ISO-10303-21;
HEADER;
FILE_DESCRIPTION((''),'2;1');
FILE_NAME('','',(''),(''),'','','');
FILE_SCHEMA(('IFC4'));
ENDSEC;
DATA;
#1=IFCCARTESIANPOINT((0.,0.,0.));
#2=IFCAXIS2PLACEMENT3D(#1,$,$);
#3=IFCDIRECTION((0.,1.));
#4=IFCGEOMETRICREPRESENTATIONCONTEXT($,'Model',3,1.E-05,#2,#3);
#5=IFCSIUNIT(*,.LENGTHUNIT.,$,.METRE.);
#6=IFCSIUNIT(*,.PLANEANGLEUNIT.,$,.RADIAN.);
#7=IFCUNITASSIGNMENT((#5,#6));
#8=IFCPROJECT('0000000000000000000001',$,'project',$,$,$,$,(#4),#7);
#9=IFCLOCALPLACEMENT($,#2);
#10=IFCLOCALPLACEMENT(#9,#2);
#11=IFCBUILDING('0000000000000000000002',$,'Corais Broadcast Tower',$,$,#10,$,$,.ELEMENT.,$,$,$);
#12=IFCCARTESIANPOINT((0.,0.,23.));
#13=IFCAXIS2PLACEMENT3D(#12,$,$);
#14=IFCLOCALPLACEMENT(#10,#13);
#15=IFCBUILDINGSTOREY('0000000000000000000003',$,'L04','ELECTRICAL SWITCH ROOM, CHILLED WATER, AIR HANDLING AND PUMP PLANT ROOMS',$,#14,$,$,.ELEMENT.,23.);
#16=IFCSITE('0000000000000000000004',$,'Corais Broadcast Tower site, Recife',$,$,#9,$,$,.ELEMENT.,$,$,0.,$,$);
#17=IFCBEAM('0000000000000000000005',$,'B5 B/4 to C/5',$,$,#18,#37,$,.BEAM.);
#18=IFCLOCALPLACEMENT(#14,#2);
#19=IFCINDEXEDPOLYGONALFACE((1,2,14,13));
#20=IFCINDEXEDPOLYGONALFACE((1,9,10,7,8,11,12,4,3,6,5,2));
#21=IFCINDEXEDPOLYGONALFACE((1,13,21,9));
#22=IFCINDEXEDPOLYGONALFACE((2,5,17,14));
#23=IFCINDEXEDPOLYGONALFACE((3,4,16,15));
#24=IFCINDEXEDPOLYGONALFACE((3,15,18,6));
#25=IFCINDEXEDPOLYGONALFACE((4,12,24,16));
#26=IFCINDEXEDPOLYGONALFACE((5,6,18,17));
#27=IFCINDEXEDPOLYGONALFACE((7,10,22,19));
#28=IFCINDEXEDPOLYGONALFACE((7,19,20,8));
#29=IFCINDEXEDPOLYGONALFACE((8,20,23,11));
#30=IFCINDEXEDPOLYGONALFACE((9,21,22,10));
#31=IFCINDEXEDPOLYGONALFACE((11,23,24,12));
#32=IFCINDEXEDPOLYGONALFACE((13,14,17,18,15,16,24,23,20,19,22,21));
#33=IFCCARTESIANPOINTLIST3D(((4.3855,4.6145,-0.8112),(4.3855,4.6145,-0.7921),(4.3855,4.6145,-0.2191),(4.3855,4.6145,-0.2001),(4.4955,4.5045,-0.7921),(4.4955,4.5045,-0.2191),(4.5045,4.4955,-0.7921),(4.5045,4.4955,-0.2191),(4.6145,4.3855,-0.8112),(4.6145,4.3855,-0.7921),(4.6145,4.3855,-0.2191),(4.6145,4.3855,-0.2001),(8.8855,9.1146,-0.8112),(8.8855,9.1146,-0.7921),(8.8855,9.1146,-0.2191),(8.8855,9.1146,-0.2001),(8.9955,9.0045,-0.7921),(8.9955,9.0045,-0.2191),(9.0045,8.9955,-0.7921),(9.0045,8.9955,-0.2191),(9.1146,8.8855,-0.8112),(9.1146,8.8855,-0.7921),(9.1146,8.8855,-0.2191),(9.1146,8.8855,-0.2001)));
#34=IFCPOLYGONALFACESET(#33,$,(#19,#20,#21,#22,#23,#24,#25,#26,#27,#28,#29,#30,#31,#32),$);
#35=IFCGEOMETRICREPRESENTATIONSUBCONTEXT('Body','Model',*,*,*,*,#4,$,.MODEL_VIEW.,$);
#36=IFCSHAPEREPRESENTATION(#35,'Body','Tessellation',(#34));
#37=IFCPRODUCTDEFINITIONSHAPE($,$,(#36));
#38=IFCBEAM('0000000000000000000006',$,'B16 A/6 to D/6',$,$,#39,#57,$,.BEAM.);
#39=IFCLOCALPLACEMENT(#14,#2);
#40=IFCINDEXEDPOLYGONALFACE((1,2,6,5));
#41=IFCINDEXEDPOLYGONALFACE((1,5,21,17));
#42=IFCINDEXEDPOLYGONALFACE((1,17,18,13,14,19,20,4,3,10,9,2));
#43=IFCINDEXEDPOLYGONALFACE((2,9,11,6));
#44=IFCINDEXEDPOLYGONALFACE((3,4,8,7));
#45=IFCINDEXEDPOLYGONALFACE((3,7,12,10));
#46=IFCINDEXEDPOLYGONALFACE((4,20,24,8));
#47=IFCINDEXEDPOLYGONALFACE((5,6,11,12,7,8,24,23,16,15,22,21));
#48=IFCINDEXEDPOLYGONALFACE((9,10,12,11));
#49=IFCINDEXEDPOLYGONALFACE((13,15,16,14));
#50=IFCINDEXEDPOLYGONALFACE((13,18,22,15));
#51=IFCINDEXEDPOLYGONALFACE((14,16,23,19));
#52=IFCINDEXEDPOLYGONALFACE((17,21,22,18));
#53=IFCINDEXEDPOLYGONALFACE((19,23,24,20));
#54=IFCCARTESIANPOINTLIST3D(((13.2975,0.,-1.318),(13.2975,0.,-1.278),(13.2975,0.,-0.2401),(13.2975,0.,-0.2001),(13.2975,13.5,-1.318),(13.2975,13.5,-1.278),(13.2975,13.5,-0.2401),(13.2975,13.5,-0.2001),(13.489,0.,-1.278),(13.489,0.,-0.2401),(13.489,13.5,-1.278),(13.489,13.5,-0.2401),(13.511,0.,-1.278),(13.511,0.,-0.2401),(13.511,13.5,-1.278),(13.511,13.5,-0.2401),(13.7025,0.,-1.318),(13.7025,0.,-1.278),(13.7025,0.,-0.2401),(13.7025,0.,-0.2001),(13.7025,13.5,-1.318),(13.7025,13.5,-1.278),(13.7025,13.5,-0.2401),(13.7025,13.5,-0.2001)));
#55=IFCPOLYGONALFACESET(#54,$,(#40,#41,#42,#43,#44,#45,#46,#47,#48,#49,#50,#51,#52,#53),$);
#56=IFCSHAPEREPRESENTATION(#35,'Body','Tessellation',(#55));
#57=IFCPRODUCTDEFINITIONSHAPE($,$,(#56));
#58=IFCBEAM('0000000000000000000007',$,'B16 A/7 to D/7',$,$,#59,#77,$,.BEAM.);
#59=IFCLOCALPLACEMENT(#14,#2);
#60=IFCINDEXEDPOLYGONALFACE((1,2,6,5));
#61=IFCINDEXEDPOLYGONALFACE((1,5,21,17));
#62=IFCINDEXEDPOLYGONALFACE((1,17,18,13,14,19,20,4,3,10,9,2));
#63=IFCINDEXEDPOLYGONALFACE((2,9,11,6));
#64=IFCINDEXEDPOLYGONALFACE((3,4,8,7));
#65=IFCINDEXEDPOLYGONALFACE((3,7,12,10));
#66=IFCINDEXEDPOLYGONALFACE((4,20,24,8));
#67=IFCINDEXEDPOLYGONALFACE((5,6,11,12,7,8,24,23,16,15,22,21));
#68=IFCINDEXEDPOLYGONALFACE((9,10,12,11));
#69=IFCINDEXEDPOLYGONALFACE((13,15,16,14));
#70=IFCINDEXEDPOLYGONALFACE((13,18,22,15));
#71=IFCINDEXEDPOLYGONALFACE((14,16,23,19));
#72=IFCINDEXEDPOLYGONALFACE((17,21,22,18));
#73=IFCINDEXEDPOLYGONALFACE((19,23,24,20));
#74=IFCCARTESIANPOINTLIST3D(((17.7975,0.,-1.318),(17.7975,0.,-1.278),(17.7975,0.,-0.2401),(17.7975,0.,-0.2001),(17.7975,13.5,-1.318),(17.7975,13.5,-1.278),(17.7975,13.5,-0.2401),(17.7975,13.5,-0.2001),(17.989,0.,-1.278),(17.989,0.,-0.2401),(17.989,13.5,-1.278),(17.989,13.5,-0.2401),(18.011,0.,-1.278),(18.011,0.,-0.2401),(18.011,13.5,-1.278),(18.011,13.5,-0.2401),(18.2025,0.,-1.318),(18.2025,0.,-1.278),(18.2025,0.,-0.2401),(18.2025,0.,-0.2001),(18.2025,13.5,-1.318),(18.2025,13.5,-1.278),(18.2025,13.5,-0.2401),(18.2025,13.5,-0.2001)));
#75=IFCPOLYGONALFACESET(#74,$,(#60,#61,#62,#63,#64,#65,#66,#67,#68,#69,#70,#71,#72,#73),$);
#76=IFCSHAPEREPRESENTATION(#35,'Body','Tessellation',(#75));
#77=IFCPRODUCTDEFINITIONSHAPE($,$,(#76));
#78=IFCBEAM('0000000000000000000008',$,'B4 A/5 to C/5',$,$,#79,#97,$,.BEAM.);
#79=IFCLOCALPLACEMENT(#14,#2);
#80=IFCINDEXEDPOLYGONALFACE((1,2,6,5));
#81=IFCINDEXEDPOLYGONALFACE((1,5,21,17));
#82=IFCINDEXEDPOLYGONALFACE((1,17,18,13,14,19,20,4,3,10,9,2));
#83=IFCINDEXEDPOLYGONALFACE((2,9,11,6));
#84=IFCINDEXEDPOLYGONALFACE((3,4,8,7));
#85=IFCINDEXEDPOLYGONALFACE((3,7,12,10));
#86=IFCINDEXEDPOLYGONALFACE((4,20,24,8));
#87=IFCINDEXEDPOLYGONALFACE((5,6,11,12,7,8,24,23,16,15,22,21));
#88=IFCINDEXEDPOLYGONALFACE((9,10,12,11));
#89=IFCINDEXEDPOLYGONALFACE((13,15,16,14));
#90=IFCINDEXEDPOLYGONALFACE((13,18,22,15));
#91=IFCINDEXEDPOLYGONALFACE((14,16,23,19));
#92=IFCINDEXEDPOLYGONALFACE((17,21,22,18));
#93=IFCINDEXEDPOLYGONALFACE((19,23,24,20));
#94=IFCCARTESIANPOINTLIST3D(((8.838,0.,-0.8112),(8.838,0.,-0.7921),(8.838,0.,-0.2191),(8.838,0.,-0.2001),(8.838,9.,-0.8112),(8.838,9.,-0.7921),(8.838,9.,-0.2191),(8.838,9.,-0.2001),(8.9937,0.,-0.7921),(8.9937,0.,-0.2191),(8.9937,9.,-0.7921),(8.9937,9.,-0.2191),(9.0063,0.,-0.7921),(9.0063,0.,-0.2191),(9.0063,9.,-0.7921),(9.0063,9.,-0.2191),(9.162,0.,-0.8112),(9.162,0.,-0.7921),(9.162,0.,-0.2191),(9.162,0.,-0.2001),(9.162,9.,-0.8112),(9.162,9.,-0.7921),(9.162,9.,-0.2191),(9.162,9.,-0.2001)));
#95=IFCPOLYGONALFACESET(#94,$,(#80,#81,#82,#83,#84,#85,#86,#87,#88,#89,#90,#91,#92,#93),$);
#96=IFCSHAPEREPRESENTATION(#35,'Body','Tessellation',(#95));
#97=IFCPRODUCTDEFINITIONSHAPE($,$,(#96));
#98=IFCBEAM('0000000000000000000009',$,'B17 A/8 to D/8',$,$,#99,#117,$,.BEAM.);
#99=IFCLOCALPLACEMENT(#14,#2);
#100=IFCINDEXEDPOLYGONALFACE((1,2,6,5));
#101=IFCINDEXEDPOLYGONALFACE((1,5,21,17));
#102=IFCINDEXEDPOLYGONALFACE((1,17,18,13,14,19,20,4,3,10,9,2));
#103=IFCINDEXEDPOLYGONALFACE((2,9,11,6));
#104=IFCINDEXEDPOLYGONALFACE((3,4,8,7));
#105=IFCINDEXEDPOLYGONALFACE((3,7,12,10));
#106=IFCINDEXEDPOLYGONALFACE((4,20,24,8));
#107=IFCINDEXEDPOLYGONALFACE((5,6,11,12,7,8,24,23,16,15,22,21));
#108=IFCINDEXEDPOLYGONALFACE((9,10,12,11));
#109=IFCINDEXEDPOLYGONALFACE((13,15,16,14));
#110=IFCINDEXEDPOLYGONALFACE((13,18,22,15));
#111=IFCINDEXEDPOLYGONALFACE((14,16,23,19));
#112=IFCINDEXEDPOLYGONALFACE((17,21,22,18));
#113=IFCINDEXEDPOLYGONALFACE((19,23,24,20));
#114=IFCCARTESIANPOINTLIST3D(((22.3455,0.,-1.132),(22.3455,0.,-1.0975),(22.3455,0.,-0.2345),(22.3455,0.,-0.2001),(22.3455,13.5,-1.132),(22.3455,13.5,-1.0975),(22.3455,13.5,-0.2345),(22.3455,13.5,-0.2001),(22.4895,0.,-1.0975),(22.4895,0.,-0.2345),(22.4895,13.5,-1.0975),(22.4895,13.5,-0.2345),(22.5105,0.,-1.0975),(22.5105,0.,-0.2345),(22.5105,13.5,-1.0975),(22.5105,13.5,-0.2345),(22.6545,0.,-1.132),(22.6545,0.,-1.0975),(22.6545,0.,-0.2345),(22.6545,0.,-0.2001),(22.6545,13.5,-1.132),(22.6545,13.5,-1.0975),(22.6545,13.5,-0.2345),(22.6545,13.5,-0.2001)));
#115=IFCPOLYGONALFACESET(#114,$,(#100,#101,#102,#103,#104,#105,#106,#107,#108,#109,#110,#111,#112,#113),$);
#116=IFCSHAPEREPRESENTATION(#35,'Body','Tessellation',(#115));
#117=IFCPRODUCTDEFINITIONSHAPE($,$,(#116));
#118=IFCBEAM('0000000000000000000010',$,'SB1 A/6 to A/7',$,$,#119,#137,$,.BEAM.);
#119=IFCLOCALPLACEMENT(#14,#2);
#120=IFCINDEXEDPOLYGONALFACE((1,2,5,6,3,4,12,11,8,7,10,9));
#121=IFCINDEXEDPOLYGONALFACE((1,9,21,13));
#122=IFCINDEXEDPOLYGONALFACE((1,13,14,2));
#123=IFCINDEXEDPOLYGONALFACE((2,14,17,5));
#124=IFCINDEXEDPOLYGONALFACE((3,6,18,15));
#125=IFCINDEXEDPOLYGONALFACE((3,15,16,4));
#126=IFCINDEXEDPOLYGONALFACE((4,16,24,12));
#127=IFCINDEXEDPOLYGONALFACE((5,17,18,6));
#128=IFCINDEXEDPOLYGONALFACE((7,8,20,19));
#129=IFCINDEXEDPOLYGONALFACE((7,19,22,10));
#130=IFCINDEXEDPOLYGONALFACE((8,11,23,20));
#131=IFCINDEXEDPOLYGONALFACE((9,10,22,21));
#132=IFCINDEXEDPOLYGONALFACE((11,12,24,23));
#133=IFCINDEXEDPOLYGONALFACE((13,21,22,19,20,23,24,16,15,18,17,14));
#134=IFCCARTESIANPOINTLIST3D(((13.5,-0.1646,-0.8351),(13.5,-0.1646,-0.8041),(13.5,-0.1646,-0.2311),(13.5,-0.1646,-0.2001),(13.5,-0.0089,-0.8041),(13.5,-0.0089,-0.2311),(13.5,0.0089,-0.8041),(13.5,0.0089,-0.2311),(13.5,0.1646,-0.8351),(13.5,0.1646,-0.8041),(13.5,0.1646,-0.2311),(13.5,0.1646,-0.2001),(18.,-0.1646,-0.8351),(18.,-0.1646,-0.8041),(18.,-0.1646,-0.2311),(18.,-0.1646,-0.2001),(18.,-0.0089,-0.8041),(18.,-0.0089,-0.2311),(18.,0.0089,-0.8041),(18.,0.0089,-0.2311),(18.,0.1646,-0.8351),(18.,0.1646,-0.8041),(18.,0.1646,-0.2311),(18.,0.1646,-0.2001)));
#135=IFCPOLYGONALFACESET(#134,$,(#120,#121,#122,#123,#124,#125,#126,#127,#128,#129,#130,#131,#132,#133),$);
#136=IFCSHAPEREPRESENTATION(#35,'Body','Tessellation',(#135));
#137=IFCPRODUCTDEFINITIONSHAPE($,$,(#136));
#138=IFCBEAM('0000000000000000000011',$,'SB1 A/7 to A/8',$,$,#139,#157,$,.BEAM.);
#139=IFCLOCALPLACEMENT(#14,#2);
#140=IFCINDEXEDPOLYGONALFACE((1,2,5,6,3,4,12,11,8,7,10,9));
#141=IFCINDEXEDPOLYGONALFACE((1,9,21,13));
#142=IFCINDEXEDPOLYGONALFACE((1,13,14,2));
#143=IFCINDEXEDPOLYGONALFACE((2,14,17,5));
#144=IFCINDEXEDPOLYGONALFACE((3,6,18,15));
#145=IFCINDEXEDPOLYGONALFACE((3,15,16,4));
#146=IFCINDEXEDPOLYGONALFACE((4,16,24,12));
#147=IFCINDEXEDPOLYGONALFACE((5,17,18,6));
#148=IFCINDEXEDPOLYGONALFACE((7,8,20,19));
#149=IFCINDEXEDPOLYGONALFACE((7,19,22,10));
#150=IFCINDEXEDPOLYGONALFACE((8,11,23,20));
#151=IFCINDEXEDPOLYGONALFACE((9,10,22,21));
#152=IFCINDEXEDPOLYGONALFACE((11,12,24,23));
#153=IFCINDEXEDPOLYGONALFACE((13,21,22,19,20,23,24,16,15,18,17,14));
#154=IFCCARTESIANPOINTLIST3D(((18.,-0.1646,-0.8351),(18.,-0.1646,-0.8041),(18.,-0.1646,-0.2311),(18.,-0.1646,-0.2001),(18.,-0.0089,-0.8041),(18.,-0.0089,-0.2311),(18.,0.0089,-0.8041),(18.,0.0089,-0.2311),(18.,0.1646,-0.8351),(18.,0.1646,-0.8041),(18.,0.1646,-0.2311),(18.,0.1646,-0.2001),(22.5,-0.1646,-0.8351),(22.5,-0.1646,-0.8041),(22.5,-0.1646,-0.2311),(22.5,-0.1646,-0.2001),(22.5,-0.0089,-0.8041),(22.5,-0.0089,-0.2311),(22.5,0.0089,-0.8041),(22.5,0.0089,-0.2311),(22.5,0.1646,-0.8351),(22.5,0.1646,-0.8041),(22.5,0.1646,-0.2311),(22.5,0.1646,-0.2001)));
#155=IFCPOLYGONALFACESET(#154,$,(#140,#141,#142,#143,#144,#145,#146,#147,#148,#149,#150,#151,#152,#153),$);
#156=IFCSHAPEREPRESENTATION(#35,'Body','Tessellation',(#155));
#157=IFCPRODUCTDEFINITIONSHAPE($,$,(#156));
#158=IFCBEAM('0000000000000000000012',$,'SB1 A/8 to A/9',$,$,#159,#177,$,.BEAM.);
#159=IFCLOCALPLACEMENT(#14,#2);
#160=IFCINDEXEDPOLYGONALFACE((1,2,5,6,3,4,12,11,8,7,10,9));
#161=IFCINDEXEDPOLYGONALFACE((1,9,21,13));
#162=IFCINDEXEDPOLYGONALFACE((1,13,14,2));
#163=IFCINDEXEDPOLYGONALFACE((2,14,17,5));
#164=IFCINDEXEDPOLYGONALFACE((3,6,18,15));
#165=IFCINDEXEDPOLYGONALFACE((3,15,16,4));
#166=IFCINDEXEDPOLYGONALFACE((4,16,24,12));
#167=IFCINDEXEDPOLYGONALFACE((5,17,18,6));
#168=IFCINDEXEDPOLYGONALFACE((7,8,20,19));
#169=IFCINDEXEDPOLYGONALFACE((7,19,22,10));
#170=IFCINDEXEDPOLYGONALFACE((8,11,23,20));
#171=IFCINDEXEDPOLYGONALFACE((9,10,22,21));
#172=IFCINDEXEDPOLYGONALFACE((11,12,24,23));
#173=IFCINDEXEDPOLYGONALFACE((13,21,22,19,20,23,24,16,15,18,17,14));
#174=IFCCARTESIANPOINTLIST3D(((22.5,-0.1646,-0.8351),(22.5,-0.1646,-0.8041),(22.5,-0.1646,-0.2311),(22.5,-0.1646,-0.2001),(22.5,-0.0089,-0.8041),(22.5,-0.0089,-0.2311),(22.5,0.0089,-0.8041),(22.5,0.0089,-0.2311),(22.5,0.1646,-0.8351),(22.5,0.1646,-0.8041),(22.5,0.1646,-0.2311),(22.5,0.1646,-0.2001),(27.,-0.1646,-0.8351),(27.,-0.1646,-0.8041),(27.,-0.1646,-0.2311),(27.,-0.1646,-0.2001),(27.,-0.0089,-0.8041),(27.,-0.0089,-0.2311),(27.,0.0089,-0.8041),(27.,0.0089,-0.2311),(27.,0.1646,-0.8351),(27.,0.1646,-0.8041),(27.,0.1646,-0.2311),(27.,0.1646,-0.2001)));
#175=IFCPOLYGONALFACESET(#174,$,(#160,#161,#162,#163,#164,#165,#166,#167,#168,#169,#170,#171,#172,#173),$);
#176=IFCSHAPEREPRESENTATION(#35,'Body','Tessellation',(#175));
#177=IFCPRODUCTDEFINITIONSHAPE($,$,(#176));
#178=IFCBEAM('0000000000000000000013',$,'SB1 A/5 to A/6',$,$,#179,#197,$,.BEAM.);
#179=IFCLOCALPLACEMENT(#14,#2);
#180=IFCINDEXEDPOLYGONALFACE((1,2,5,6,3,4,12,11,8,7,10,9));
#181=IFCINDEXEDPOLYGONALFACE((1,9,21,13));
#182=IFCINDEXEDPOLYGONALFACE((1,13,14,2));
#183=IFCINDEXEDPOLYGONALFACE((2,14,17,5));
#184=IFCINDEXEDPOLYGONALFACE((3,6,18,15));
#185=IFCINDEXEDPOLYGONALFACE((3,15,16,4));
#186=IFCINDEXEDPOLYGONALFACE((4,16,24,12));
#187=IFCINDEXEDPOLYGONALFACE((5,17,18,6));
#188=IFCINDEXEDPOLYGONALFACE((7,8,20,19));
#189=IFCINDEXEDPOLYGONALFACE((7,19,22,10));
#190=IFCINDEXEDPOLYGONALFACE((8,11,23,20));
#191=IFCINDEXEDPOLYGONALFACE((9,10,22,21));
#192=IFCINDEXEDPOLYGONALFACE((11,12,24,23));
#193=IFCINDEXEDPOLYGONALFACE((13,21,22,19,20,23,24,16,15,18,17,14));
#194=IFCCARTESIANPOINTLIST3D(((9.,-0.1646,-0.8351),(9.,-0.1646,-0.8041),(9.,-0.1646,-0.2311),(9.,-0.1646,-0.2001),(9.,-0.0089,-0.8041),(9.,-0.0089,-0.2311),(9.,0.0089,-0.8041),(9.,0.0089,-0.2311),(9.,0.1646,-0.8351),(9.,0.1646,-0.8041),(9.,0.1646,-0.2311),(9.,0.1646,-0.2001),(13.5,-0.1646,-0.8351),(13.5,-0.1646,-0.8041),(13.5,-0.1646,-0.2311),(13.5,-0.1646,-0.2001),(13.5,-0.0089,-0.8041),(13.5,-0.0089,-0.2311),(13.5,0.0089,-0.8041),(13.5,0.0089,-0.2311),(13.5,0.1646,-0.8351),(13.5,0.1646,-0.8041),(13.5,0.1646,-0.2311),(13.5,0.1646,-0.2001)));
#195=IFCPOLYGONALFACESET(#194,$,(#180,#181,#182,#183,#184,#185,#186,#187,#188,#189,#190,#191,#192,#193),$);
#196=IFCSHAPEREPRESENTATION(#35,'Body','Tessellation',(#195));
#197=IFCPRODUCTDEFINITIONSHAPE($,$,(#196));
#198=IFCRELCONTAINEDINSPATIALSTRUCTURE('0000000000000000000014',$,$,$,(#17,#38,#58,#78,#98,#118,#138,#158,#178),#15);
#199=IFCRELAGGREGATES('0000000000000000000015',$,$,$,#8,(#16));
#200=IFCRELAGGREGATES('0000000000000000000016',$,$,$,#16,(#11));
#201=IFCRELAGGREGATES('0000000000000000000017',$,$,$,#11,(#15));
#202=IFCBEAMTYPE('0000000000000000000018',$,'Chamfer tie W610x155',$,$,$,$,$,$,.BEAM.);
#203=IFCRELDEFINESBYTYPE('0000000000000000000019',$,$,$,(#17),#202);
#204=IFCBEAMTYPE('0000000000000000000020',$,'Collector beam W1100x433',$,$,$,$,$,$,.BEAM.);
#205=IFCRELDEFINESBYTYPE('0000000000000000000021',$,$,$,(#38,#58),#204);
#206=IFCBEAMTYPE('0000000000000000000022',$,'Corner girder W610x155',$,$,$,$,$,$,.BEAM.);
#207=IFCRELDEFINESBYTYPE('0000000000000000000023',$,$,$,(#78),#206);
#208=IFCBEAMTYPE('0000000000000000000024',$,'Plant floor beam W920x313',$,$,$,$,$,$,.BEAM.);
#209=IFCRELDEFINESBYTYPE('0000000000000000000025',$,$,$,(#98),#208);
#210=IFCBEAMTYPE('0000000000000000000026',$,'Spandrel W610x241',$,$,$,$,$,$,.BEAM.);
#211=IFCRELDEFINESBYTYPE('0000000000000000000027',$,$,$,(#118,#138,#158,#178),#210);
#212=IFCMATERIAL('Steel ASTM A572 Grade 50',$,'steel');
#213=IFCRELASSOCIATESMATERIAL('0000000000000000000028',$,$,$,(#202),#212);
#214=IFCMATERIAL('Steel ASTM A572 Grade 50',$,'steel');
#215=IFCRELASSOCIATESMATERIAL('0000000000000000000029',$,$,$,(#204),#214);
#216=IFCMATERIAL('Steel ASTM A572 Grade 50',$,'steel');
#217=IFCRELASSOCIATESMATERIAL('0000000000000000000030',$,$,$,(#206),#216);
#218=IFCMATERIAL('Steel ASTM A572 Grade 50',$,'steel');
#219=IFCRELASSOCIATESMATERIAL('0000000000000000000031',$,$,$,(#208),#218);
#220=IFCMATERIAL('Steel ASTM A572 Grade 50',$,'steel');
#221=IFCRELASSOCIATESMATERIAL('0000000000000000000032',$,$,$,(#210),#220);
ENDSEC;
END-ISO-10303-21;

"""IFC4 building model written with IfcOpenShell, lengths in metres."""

from ifc_helpers import new_model, si_unit, direction, frame, origin, origin_2d, place, context, subcontext, project, spatial, i_section, extrude, material, material_profile, profile_set, type_object, element, save


model = new_model("IFC4")

# Units and contexts
model_context = context("Model", 3, precision=1e-05, world=origin(), true_north=direction((0.0, 1.0)))
body_context = subcontext(model_context, "Body", "Model", "MODEL_VIEW")
ifc_project = project(units=[si_unit("LENGTHUNIT", "METRE"), si_unit("PLANEANGLEUNIT", "RADIAN")], contexts=[model_context])

# Site, building, storey
site_placement = place(None, origin())
site = spatial("IfcSite", under=ifc_project, at=site_placement, Name="Corais Broadcast Tower site, Recife", CompositionType="ELEMENT", RefElevation=0.0)
building_placement = place(site_placement, origin())
building = spatial("IfcBuilding", under=site, at=building_placement, Name="Corais Broadcast Tower", CompositionType="ELEMENT")
storey_placement = place(building_placement, frame((0.0, 0.0, 23.0)))
storey = spatial("IfcBuildingStorey", under=building, at=storey_placement, Name="L04", Description="ELECTRICAL SWITCH ROOM, CHILLED WATER, AIR HANDLING AND PUMP PLANT ROOMS", CompositionType="ELEMENT", Elevation=23.0)

# Beams
ifc_material_1 = material(Name="Steel ASTM A572 Grade 50", Category="steel")
ifc_material_profile_1 = material_profile(ifc_material_1, i_section(OverallWidth=0.324, OverallDepth=0.6111, WebThickness=0.0127, FlangeThickness=0.019, at=origin_2d()), Name="W610x155")
ifc_profile_set_1 = profile_set([ifc_material_profile_1], Name="Steel ASTM A572 Grade 50")
beam_type_1 = type_object("IfcBeamType", Name="Chamfer tie W610x155", PredefinedType="BEAM", material=ifc_profile_set_1)
beam_1_placement = place(storey_placement, frame((4.5, 4.5, -0.5056), z_axis=(0.707107, 0.707107, 0.0), x_axis=(-0.707107, 0.707107, 0.0)))
element("IfcBeam", 1, at=beam_1_placement, inside=storey, type_object=beam_type_1, Name="B5 B/4 to C/5", PredefinedType="BEAM", context=body_context, shape_type="SweptSolid", body=[
    extrude(i_section(OverallWidth=0.324, OverallDepth=0.6111, WebThickness=0.0127, FlangeThickness=0.019, at=origin_2d()), origin(), (0.0, 0.0, 1.0), 6.364),
])
ifc_material_2 = material(Name="Steel ASTM A572 Grade 50", Category="steel")
ifc_material_profile_2 = material_profile(ifc_material_2, i_section(OverallWidth=0.405, OverallDepth=1.1179, WebThickness=0.022, FlangeThickness=0.04, at=origin_2d()), Name="W1100x433")
ifc_profile_set_2 = profile_set([ifc_material_profile_2], Name="Steel ASTM A572 Grade 50")
beam_type_2 = type_object("IfcBeamType", Name="Collector beam W1100x433", PredefinedType="BEAM", material=ifc_profile_set_2)
for number, where, z_axis, x_axis, name in (
    (2, (13.5, 0.0, -0.759), (0.0, 1.0, 0.0), (-1.0, 0.0, 0.0), "B16 A/6 to D/6"),
    (3, (18.0, 0.0, -0.759), (0.0, 1.0, 0.0), (-1.0, 0.0, 0.0), "B16 A/7 to D/7"),
):
    element("IfcBeam", number, at=place(storey_placement, frame(where, z_axis=z_axis, x_axis=x_axis)), inside=storey, type_object=beam_type_2, Name=name, PredefinedType="BEAM", context=body_context, shape_type="SweptSolid", body=[
        extrude(i_section(OverallWidth=0.405, OverallDepth=1.1179, WebThickness=0.022, FlangeThickness=0.04, at=origin_2d()), origin(), (0.0, 0.0, 1.0), 13.5),
    ])
ifc_material_3 = material(Name="Steel ASTM A572 Grade 50", Category="steel")
ifc_material_profile_3 = material_profile(ifc_material_3, i_section(OverallWidth=0.324, OverallDepth=0.6111, WebThickness=0.0127, FlangeThickness=0.019, at=origin_2d()), Name="W610x155")
ifc_profile_set_3 = profile_set([ifc_material_profile_3], Name="Steel ASTM A572 Grade 50")
beam_type_3 = type_object("IfcBeamType", Name="Corner girder W610x155", PredefinedType="BEAM", material=ifc_profile_set_3)
beam_2_placement = place(storey_placement, frame((9.0, 0.0, -0.5056), z_axis=(0.0, 1.0, 0.0), x_axis=(-1.0, 0.0, 0.0)))
element("IfcBeam", 4, at=beam_2_placement, inside=storey, type_object=beam_type_3, Name="B4 A/5 to C/5", PredefinedType="BEAM", context=body_context, shape_type="SweptSolid", body=[
    extrude(i_section(OverallWidth=0.324, OverallDepth=0.6111, WebThickness=0.0127, FlangeThickness=0.019, at=origin_2d()), origin(), (0.0, 0.0, 1.0), 9.0),
])
ifc_material_4 = material(Name="Steel ASTM A572 Grade 50", Category="steel")
ifc_material_profile_4 = material_profile(ifc_material_4, i_section(OverallWidth=0.3091, OverallDepth=0.9319, WebThickness=0.021, FlangeThickness=0.0344, at=origin_2d()), Name="W920x313")
ifc_profile_set_4 = profile_set([ifc_material_profile_4], Name="Steel ASTM A572 Grade 50")
beam_type_4 = type_object("IfcBeamType", Name="Plant floor beam W920x313", PredefinedType="BEAM", material=ifc_profile_set_4)
beam_3_placement = place(storey_placement, frame((22.5, 0.0, -0.666), z_axis=(0.0, 1.0, 0.0), x_axis=(-1.0, 0.0, 0.0)))
element("IfcBeam", 5, at=beam_3_placement, inside=storey, type_object=beam_type_4, Name="B17 A/8 to D/8", PredefinedType="BEAM", context=body_context, shape_type="SweptSolid", body=[
    extrude(i_section(OverallWidth=0.3091, OverallDepth=0.9319, WebThickness=0.021, FlangeThickness=0.0344, at=origin_2d()), origin(), (0.0, 0.0, 1.0), 13.5),
])
ifc_material_5 = material(Name="Steel ASTM A572 Grade 50", Category="steel")
ifc_material_profile_5 = material_profile(ifc_material_5, i_section(OverallWidth=0.3291, OverallDepth=0.635, WebThickness=0.0178, FlangeThickness=0.031, at=origin_2d()), Name="W610x241")
ifc_profile_set_5 = profile_set([ifc_material_profile_5], Name="Steel ASTM A572 Grade 50")
beam_type_5 = type_object("IfcBeamType", Name="Spandrel W610x241", PredefinedType="BEAM", material=ifc_profile_set_5)
for number, where, z_axis, x_axis, name in (
    (6, (13.5, 0.0, -0.5176), (1.0, 0.0, 0.0), (0.0, 1.0, 0.0), "SB1 A/6 to A/7"),
    (7, (18.0, 0.0, -0.5176), (1.0, 0.0, 0.0), (0.0, 1.0, 0.0), "SB1 A/7 to A/8"),
    (8, (22.5, 0.0, -0.5176), (1.0, 0.0, 0.0), (0.0, 1.0, 0.0), "SB1 A/8 to A/9"),
    (9, (9.0, 0.0, -0.5176), (1.0, 0.0, 0.0), (0.0, 1.0, 0.0), "SB1 A/5 to A/6"),
):
    element("IfcBeam", number, at=place(storey_placement, frame(where, z_axis=z_axis, x_axis=x_axis)), inside=storey, type_object=beam_type_5, Name=name, PredefinedType="BEAM", context=body_context, shape_type="SweptSolid", body=[
        extrude(i_section(OverallWidth=0.3291, OverallDepth=0.635, WebThickness=0.0178, FlangeThickness=0.031, at=origin_2d()), origin(), (0.0, 0.0, 1.0), 4.5),
    ])

save(model, "model.ifc")
